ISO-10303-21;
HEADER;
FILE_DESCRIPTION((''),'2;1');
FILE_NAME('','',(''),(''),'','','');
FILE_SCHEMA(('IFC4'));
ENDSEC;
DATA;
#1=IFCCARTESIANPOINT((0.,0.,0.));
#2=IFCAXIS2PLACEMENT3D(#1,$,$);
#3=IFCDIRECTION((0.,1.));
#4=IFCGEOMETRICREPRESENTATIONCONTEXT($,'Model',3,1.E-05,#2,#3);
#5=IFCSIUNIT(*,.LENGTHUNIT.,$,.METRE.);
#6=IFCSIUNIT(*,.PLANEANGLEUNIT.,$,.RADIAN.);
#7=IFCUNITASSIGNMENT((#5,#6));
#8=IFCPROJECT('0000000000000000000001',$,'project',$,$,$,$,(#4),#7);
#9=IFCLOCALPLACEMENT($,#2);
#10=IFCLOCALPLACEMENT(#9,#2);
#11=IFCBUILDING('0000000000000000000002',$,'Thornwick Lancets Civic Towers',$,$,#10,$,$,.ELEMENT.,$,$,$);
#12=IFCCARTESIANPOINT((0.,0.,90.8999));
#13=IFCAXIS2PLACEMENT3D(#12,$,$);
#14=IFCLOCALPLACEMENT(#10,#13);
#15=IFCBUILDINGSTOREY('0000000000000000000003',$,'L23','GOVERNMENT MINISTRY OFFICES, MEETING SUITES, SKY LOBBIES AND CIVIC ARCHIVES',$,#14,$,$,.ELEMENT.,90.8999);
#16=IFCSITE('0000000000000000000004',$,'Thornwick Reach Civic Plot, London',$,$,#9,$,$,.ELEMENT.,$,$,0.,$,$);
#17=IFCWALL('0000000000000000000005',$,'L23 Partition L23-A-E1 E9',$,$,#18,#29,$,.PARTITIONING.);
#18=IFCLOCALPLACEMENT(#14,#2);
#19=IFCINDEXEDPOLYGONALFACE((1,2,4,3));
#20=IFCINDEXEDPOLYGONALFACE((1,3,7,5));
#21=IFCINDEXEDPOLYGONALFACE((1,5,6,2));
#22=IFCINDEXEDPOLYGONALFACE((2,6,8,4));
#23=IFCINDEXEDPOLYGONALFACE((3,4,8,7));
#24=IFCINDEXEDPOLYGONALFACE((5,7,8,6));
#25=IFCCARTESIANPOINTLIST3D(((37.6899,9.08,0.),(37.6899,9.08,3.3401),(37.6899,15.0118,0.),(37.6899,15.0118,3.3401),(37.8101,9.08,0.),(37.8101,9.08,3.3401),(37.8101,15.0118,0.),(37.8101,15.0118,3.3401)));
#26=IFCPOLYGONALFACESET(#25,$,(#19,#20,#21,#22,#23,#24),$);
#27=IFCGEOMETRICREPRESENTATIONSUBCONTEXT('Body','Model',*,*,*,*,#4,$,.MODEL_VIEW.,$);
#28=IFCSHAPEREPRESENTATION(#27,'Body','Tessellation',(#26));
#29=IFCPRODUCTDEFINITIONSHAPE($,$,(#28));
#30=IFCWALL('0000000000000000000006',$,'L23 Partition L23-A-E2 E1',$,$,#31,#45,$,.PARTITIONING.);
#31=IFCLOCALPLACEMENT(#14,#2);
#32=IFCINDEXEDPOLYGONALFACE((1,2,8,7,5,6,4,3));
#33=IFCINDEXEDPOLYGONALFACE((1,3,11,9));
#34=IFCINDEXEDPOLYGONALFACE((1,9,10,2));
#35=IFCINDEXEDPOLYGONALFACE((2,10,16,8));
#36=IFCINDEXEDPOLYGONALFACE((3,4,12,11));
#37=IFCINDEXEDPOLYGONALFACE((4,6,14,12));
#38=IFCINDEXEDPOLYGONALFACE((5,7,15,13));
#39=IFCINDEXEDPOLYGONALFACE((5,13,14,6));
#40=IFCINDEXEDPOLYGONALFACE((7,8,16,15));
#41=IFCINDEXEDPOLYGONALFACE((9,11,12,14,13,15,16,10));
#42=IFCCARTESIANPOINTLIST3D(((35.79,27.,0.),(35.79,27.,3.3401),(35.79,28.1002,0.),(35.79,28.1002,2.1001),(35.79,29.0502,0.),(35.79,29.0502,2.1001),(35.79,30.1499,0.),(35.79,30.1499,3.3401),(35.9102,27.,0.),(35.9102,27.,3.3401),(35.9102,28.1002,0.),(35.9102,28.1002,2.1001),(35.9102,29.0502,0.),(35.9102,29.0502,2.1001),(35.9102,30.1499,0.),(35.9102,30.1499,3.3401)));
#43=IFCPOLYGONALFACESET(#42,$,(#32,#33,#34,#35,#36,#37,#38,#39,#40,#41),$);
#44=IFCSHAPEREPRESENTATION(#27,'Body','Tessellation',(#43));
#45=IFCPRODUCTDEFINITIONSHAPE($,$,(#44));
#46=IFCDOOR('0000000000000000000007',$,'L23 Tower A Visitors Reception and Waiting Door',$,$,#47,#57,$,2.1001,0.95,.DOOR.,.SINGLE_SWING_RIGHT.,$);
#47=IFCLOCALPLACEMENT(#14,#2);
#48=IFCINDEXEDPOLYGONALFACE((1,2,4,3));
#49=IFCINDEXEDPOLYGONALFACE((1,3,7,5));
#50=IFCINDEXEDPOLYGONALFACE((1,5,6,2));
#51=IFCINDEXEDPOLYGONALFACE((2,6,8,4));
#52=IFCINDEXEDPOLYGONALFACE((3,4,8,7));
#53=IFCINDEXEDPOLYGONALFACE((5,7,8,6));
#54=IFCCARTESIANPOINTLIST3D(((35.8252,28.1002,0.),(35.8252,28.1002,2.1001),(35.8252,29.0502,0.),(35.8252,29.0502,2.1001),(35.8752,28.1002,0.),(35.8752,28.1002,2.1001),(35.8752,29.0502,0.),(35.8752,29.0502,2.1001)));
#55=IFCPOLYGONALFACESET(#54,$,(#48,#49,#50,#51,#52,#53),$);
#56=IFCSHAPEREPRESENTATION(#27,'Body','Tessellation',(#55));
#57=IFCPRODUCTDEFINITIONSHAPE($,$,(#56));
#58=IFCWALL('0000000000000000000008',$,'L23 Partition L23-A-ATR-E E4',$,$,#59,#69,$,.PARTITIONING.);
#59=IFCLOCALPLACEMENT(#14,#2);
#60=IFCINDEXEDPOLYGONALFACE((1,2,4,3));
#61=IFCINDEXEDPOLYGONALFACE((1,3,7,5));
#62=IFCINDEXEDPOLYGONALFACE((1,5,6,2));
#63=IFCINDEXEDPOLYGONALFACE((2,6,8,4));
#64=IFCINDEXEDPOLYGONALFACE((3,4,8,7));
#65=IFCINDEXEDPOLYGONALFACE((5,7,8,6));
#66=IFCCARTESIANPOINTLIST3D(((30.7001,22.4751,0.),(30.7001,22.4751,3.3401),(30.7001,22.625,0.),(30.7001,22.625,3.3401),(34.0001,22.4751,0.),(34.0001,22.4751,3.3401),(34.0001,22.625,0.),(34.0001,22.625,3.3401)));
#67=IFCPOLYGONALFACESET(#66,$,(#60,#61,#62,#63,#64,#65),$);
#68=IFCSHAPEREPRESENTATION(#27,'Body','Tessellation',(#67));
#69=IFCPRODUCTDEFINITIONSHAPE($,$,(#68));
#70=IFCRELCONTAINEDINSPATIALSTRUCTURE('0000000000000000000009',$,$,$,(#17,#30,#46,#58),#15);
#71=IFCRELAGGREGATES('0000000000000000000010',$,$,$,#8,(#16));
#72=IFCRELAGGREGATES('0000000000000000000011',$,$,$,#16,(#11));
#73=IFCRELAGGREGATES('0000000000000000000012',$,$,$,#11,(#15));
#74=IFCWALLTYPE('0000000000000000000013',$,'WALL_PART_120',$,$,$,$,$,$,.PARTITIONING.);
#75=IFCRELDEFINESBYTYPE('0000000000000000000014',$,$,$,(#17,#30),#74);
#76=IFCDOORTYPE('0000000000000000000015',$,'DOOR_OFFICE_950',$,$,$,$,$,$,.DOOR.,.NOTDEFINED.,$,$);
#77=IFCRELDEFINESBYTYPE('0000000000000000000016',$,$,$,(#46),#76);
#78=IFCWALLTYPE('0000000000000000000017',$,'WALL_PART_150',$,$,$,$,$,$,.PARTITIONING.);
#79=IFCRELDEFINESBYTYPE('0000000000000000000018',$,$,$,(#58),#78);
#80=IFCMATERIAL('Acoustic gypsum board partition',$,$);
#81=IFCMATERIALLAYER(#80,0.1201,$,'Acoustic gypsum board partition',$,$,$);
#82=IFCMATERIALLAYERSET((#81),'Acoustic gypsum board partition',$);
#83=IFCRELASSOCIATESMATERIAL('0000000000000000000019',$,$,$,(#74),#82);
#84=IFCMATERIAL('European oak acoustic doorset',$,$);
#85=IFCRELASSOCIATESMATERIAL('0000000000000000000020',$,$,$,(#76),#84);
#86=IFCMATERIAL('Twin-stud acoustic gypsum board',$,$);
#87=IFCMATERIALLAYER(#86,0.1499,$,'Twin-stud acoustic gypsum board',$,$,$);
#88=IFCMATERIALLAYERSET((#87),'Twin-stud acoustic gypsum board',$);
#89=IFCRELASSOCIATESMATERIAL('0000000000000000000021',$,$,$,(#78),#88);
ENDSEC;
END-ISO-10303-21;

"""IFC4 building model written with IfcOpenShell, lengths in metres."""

from ifc_helpers import new_model, si_unit, direction, frame, frame_2d, origin, place, context, subcontext, project, spatial, rectangle, extrude, material, layer, layer_set, type_object, element, fill, save


model = new_model("IFC4")

# Units and contexts
model_context = context("Model", 3, precision=1e-05, world=origin(), true_north=direction((0.0, 1.0)))
body_context = subcontext(model_context, "Body", "Model", "MODEL_VIEW")
ifc_project = project(units=[si_unit("LENGTHUNIT", "METRE"), si_unit("PLANEANGLEUNIT", "RADIAN")], contexts=[model_context])

# Site, building, storey
site_placement = place(None, origin())
site = spatial("IfcSite", under=ifc_project, at=site_placement, Name="Thornwick Reach Civic Plot, London", CompositionType="ELEMENT", RefElevation=0.0)
building_placement = place(site_placement, origin())
building = spatial("IfcBuilding", under=site, at=building_placement, Name="Thornwick Lancets Civic Towers", CompositionType="ELEMENT")
storey_placement = place(building_placement, frame((0.0, 0.0, 90.8999)))
storey = spatial("IfcBuildingStorey", under=building, at=storey_placement, Name="L23", Description="GOVERNMENT MINISTRY OFFICES, MEETING SUITES, SKY LOBBIES AND CIVIC ARCHIVES", CompositionType="ELEMENT", Elevation=90.8999)

# Shared definitions
ifc_material_1 = material(Name="Acoustic gypsum board partition")
ifc_layer_1 = layer(ifc_material_1, 0.1201, Name="Acoustic gypsum board partition")
ifc_layer_set_1 = layer_set([ifc_layer_1], Name="Acoustic gypsum board partition")
wall_type_1 = type_object("IfcWallType", Name="WALL_PART_120", PredefinedType="PARTITIONING", material=ifc_layer_set_1)

# Wall
wall_1_placement = place(storey_placement, frame((37.75, 9.0801, 0.0), z_axis=(0.0, 0.0, 1.0), x_axis=(0.0, 1.0, 0.0)))
element("IfcWall", 1, at=wall_1_placement, inside=storey, type_object=wall_type_1, Name="L23 Partition L23-A-E1 E9", PredefinedType="PARTITIONING", context=body_context, shape_type="SweptSolid", body=[
    extrude(rectangle(XDim=5.9319, YDim=0.1201, at=frame_2d((2.9658, 0.0))), origin(), (0.0, 0.0, 1.0), 3.3401),
])

# Wall, opening, door
wall_2_placement = place(storey_placement, frame((35.8501, 27.0, 0.0), z_axis=(0.0, 0.0, 1.0), x_axis=(0.0, 1.0, 0.0)))
wall_2 = element("IfcWall", 2, at=wall_2_placement, inside=storey, type_object=wall_type_1, Name="L23 Partition L23-A-E2 E1", PredefinedType="PARTITIONING", context=body_context, shape_type="SweptSolid", body=[
    extrude(rectangle(XDim=3.1499, YDim=0.1201, at=frame_2d((1.575, 0.0))), origin(), (0.0, 0.0, 1.0), 3.3401),
])
opening_1_placement = place(wall_2_placement, frame((1.1001, 0.0, 0.0)))
opening_1 = element("IfcOpeningElement", 3, at=opening_1_placement, cuts=wall_2, PredefinedType="OPENING", context=body_context, shape_type="SweptSolid", body=[
    extrude(rectangle(XDim=0.95, YDim=2.1001, at=frame_2d((0.4751, 1.05))), frame((0.0, 0.0701, 0.0), z_axis=(0.0, -1.0, 0.0), x_axis=(1.0, 0.0, 0.0)), (0.0, 0.0, 1.0), 0.1401),
])
ifc_material_2 = material(Name="European oak acoustic doorset")
door_type_1 = type_object("IfcDoorType", Name="DOOR_OFFICE_950", OperationType="NOTDEFINED", PredefinedType="DOOR", material=ifc_material_2)
door_1_placement = place(opening_1_placement, origin())
door_1 = element("IfcDoor", 4, at=door_1_placement, inside=storey, type_object=door_type_1, Name="L23 Tower A Visitors Reception and Waiting Door", OperationType="SINGLE_SWING_RIGHT", OverallHeight=2.1001, OverallWidth=0.95, PredefinedType="DOOR", context=body_context, shape_type="SweptSolid", body=[
    extrude(rectangle(XDim=0.95, YDim=2.1001, at=frame_2d((0.4751, 1.05))), frame((0.0, 0.0249, 0.0), z_axis=(0.0, -1.0, 0.0), x_axis=(1.0, 0.0, 0.0)), (0.0, 0.0, 1.0), 0.05),
])
fill(opening_1, door_1)

# Wall
ifc_material_3 = material(Name="Twin-stud acoustic gypsum board")
ifc_layer_2 = layer(ifc_material_3, 0.1499, Name="Twin-stud acoustic gypsum board")
ifc_layer_set_2 = layer_set([ifc_layer_2], Name="Twin-stud acoustic gypsum board")
wall_type_2 = type_object("IfcWallType", Name="WALL_PART_150", PredefinedType="PARTITIONING", material=ifc_layer_set_2)
wall_3_placement = place(storey_placement, frame((34.0, 22.55, 0.0), z_axis=(0.0, 0.0, 1.0), x_axis=(-1.0, 0.0, 0.0)))
element("IfcWall", 5, at=wall_3_placement, inside=storey, type_object=wall_type_2, Name="L23 Partition L23-A-ATR-E E4", PredefinedType="PARTITIONING", context=body_context, shape_type="SweptSolid", body=[
    extrude(rectangle(XDim=3.3, YDim=0.1499, at=frame_2d((1.6499, 0.0))), origin(), (0.0, 0.0, 1.0), 3.3401),
])

save(model, "model.ifc")
